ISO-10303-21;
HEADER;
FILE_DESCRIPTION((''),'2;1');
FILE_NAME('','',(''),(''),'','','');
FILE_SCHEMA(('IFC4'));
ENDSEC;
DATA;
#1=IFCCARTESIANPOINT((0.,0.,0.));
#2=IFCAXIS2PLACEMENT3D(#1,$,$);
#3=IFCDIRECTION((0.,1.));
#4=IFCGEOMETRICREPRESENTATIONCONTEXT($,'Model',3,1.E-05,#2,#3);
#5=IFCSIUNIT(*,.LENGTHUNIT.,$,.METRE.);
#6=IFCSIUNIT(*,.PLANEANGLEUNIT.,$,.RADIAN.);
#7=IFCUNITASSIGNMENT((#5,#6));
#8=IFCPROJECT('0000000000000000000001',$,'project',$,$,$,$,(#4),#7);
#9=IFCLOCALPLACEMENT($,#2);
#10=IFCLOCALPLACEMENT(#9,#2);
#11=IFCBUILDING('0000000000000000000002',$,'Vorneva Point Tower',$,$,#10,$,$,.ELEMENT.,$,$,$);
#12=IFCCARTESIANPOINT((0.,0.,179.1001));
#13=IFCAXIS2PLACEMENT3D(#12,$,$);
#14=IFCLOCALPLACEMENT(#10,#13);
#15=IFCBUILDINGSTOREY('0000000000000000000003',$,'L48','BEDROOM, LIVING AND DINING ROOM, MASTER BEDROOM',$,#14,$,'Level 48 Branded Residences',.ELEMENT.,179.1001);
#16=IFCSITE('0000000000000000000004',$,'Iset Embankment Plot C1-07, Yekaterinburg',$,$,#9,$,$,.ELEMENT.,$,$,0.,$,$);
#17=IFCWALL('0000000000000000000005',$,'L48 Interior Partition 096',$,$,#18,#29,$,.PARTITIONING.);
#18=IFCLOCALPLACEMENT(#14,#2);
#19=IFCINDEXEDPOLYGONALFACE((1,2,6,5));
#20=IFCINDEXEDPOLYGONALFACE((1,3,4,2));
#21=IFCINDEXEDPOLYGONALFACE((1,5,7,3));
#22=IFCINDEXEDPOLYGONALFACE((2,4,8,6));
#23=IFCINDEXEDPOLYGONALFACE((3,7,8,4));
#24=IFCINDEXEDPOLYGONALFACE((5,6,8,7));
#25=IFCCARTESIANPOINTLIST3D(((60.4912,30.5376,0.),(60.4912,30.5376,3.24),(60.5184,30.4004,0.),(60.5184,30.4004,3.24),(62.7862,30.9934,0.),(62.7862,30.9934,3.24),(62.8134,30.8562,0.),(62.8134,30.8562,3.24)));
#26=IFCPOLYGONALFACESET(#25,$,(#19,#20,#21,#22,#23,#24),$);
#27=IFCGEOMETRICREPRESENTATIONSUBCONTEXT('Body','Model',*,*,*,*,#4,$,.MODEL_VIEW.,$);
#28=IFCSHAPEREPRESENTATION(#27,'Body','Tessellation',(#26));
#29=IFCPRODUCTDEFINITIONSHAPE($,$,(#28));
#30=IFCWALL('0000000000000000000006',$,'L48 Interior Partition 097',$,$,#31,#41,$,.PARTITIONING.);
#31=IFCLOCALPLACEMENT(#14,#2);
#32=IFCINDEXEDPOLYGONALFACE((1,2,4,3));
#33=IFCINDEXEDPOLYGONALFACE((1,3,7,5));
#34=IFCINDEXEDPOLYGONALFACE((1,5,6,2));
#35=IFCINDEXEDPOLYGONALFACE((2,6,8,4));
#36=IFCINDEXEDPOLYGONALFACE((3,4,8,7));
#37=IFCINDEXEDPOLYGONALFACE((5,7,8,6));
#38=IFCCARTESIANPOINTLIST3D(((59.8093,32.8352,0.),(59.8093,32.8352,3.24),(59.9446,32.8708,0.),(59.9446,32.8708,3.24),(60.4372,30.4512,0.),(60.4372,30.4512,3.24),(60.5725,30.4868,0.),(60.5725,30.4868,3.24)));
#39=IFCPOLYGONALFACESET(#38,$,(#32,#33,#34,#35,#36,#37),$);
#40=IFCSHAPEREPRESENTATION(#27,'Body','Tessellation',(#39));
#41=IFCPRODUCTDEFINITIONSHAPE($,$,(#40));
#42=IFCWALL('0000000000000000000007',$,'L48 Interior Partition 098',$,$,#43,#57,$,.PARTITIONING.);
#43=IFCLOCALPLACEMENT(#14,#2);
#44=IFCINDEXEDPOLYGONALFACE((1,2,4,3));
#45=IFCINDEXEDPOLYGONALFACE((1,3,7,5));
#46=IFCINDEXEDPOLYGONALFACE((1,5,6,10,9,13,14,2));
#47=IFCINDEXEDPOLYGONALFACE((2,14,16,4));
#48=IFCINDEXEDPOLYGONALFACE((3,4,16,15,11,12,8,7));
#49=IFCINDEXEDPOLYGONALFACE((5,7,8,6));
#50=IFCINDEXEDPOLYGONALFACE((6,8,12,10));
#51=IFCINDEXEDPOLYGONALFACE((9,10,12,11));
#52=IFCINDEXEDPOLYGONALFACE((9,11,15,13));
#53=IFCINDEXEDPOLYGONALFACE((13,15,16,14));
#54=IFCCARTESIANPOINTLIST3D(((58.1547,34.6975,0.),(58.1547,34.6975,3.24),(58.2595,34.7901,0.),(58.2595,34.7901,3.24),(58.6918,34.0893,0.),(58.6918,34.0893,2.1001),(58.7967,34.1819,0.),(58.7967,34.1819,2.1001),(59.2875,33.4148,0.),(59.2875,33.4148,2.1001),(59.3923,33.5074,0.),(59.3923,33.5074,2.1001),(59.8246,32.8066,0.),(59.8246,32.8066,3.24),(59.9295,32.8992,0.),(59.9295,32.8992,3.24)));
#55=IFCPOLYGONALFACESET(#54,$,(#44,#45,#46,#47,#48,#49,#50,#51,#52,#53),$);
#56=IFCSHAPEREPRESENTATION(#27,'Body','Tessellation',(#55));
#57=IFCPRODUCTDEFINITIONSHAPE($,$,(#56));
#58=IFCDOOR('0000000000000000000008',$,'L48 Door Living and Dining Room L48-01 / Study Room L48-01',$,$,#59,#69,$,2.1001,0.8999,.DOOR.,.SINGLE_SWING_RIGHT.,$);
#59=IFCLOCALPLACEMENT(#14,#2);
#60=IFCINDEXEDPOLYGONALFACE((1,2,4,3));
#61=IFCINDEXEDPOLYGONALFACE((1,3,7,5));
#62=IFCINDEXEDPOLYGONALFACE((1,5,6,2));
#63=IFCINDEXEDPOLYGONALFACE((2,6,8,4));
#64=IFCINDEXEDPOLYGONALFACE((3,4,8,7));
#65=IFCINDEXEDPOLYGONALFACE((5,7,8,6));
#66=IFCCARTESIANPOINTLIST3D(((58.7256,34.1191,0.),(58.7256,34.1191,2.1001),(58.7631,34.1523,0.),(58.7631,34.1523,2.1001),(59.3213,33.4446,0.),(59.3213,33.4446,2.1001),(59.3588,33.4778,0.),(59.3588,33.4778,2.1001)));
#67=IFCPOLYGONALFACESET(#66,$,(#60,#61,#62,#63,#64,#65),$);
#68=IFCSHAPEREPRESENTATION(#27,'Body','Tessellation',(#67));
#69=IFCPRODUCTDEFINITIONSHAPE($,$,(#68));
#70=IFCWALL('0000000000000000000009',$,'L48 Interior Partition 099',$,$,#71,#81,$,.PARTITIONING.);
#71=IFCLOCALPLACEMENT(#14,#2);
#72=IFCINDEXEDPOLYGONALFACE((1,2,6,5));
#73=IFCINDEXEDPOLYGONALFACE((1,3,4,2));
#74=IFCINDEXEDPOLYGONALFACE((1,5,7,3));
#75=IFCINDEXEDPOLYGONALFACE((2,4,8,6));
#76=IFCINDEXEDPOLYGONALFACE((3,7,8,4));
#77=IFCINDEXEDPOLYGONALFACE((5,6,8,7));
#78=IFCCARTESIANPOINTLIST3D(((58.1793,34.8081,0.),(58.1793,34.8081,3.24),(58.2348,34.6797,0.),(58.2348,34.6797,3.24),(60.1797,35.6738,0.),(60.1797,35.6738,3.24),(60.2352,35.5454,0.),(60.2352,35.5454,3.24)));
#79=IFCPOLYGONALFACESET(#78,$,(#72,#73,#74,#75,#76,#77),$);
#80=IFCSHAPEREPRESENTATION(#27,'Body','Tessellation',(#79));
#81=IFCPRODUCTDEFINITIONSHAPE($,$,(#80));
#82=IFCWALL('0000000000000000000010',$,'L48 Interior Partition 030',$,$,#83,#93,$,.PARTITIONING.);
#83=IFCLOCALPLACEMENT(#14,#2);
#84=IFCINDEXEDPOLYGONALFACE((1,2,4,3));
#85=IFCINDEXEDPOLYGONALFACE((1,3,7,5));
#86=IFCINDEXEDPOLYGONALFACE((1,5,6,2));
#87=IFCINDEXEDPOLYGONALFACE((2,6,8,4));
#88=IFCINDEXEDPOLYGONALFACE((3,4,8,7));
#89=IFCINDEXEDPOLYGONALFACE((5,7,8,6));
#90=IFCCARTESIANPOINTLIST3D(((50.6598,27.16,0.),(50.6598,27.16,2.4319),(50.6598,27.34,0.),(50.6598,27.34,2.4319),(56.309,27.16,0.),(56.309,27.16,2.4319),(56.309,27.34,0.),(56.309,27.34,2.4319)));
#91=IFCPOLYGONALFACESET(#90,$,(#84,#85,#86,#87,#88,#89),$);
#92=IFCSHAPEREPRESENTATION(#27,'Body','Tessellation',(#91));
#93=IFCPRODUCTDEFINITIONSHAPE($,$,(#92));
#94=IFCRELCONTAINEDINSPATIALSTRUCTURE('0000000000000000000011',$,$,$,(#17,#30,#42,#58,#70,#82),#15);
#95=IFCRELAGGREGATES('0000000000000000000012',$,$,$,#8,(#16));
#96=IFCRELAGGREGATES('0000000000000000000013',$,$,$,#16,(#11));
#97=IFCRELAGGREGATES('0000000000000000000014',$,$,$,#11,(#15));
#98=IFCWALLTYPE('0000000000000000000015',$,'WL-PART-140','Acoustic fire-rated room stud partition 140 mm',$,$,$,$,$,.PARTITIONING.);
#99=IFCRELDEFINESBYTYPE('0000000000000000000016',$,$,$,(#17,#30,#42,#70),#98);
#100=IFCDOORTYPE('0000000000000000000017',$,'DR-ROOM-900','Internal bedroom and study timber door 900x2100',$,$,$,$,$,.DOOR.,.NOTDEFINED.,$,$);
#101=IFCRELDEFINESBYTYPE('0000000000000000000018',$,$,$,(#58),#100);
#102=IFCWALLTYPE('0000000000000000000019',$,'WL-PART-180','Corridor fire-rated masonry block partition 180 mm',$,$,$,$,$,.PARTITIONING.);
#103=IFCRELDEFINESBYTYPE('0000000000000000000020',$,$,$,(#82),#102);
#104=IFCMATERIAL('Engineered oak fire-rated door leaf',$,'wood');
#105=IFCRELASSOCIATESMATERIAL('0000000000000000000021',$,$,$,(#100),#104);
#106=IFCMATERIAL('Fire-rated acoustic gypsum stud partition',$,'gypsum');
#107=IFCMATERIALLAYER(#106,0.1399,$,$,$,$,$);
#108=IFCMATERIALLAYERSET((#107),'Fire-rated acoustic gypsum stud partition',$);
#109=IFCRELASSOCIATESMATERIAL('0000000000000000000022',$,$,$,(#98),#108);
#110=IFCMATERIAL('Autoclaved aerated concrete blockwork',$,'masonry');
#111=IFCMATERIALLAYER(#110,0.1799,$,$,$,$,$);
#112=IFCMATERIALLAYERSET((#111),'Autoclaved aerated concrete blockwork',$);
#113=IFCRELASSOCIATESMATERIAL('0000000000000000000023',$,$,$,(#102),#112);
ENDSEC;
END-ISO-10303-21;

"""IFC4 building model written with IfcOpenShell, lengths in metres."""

from ifc_helpers import new_model, si_unit, direction, frame, frame_2d, origin, place, context, subcontext, project, spatial, rectangle, extrude, material, layer, layer_set, type_object, element, fill, save


model = new_model("IFC4")

# Units and contexts
model_context = context("Model", 3, precision=1e-05, world=origin(), true_north=direction((0.0, 1.0)))
body_context = subcontext(model_context, "Body", "Model", "MODEL_VIEW")
ifc_project = project(units=[si_unit("LENGTHUNIT", "METRE"), si_unit("PLANEANGLEUNIT", "RADIAN")], contexts=[model_context])

# Site, building, storey
site_placement = place(None, origin())
site = spatial("IfcSite", under=ifc_project, at=site_placement, Name="Iset Embankment Plot C1-07, Yekaterinburg", CompositionType="ELEMENT", RefElevation=0.0)
building_placement = place(site_placement, origin())
building = spatial("IfcBuilding", under=site, at=building_placement, Name="Vorneva Point Tower", CompositionType="ELEMENT")
storey_placement = place(building_placement, frame((0.0, 0.0, 179.1001)))
storey = spatial("IfcBuildingStorey", under=building, at=storey_placement, Name="L48", Description="BEDROOM, LIVING AND DINING ROOM, MASTER BEDROOM", LongName="Level 48 Branded Residences", CompositionType="ELEMENT", Elevation=179.1001)

# Shared definitions
ifc_material_1 = material(Name="Fire-rated acoustic gypsum stud partition", Category="gypsum")
ifc_material_2 = material(Name="Engineered oak fire-rated door leaf", Category="wood")
door_type_1 = type_object("IfcDoorType", Name="DR-ROOM-900", Description="Internal bedroom and study timber door 900x2100", OperationType="NOTDEFINED", PredefinedType="DOOR", material=ifc_material_2)

# Walls
ifc_layer_1 = layer(ifc_material_1, 0.1399)
ifc_layer_set_1 = layer_set([ifc_layer_1], Name="Fire-rated acoustic gypsum stud partition")
wall_type_1 = type_object("IfcWallType", Name="WL-PART-140", Description="Acoustic fire-rated room stud partition 140 mm", PredefinedType="PARTITIONING", material=ifc_layer_set_1)
wall_1_placement = place(storey_placement, frame((62.7998, 30.9248, 0.0), z_axis=(0.0, 0.0, 1.0), x_axis=(-0.980841, -0.194812, 0.0)))
element("IfcWall", 1, at=wall_1_placement, inside=storey, type_object=wall_type_1, Name="L48 Interior Partition 096", PredefinedType="PARTITIONING", context=body_context, shape_type="SweptSolid", body=[
    extrude(rectangle(XDim=2.3398, YDim=0.1399, at=frame_2d((1.1699, 0.0))), origin(), (0.0, 0.0, 1.0), 3.24),
])
wall_2_placement = place(storey_placement, frame((60.5049, 30.469, 0.0), z_axis=(0.0, 0.0, 1.0), x_axis=(-0.254703, 0.967019, 0.0)))
element("IfcWall", 2, at=wall_2_placement, inside=storey, type_object=wall_type_1, Name="L48 Interior Partition 097", PredefinedType="PARTITIONING", context=body_context, shape_type="SweptSolid", body=[
    extrude(rectangle(XDim=2.4653, YDim=0.1399, at=frame_2d((1.2327, 0.0))), origin(), (0.0, 0.0, 1.0), 3.24),
])

# Wall, opening, door
wall_3_placement = place(storey_placement, frame((59.877, 32.853, 0.0), z_axis=(0.0, 0.0, 1.0), x_axis=(-0.661958, 0.749541, 0.0)))
wall_3 = element("IfcWall", 3, at=wall_3_placement, inside=storey, type_object=wall_type_1, Name="L48 Interior Partition 098", PredefinedType="PARTITIONING", context=body_context, shape_type="SweptSolid", body=[
    extrude(rectangle(XDim=2.5227, YDim=0.1399, at=frame_2d((1.2612, 0.0))), origin(), (0.0, 0.0, 1.0), 3.24),
])
opening_1_placement = place(wall_3_placement, frame((0.8113, 0.0, 0.0)))
opening_1 = element("IfcOpeningElement", 4, at=opening_1_placement, cuts=wall_3, PredefinedType="OPENING", context=body_context, shape_type="SweptSolid", body=[
    extrude(rectangle(XDim=0.8999, YDim=2.1001, at=frame_2d((0.45, 1.05))), frame((0.0, 0.085, 0.0), z_axis=(0.0, -1.0, 0.0), x_axis=(1.0, 0.0, 0.0)), (0.0, 0.0, 1.0), 0.1697),
])
door_1_placement = place(opening_1_placement, origin())
door_1 = element("IfcDoor", 5, at=door_1_placement, inside=storey, type_object=door_type_1, Name="L48 Door Living and Dining Room L48-01 / Study Room L48-01", OperationType="SINGLE_SWING_RIGHT", OverallHeight=2.1001, OverallWidth=0.8999, PredefinedType="DOOR", context=body_context, shape_type="SweptSolid", body=[
    extrude(rectangle(XDim=0.8999, YDim=2.1001, at=frame_2d((0.45, 1.05))), frame((0.0, 0.0249, 0.0), z_axis=(0.0, -1.0, 0.0), x_axis=(1.0, 0.0, 0.0)), (0.0, 0.0, 1.0), 0.05),
])
fill(opening_1, door_1)

# Wall
wall_4_placement = place(storey_placement, frame((58.207, 34.7439, 0.0), z_axis=(0.0, 0.0, 1.0), x_axis=(0.917749, 0.397161, 0.0)))
element("IfcWall", 6, at=wall_4_placement, inside=storey, type_object=wall_type_1, Name="L48 Interior Partition 099", PredefinedType="PARTITIONING", context=body_context, shape_type="SweptSolid", body=[
    extrude(rectangle(XDim=2.1797, YDim=0.1399, at=frame_2d((1.0898, 0.0))), origin(), (0.0, 0.0, 1.0), 3.24),
])

# Shared definitions
ifc_material_3 = material(Name="Autoclaved aerated concrete blockwork", Category="masonry")
ifc_layer_2 = layer(ifc_material_3, 0.1799)
ifc_layer_set_2 = layer_set([ifc_layer_2], Name="Autoclaved aerated concrete blockwork")
wall_type_2 = type_object("IfcWallType", Name="WL-PART-180", Description="Corridor fire-rated masonry block partition 180 mm", PredefinedType="PARTITIONING", material=ifc_layer_set_2)

# Wall
wall_5_placement = place(storey_placement, frame((56.3091, 27.25, 0.0), z_axis=(0.0, 0.0, 1.0), x_axis=(-1.0, 0.0, 0.0)))
element("IfcWall", 7, at=wall_5_placement, inside=storey, type_object=wall_type_2, Name="L48 Interior Partition 030", PredefinedType="PARTITIONING", context=body_context, shape_type="SweptSolid", body=[
    extrude(rectangle(XDim=5.6492, YDim=0.1799, at=frame_2d((2.8247, 0.0))), origin(), (0.0, 0.0, 1.0), 2.4319),
])

save(model, "model.ifc")
